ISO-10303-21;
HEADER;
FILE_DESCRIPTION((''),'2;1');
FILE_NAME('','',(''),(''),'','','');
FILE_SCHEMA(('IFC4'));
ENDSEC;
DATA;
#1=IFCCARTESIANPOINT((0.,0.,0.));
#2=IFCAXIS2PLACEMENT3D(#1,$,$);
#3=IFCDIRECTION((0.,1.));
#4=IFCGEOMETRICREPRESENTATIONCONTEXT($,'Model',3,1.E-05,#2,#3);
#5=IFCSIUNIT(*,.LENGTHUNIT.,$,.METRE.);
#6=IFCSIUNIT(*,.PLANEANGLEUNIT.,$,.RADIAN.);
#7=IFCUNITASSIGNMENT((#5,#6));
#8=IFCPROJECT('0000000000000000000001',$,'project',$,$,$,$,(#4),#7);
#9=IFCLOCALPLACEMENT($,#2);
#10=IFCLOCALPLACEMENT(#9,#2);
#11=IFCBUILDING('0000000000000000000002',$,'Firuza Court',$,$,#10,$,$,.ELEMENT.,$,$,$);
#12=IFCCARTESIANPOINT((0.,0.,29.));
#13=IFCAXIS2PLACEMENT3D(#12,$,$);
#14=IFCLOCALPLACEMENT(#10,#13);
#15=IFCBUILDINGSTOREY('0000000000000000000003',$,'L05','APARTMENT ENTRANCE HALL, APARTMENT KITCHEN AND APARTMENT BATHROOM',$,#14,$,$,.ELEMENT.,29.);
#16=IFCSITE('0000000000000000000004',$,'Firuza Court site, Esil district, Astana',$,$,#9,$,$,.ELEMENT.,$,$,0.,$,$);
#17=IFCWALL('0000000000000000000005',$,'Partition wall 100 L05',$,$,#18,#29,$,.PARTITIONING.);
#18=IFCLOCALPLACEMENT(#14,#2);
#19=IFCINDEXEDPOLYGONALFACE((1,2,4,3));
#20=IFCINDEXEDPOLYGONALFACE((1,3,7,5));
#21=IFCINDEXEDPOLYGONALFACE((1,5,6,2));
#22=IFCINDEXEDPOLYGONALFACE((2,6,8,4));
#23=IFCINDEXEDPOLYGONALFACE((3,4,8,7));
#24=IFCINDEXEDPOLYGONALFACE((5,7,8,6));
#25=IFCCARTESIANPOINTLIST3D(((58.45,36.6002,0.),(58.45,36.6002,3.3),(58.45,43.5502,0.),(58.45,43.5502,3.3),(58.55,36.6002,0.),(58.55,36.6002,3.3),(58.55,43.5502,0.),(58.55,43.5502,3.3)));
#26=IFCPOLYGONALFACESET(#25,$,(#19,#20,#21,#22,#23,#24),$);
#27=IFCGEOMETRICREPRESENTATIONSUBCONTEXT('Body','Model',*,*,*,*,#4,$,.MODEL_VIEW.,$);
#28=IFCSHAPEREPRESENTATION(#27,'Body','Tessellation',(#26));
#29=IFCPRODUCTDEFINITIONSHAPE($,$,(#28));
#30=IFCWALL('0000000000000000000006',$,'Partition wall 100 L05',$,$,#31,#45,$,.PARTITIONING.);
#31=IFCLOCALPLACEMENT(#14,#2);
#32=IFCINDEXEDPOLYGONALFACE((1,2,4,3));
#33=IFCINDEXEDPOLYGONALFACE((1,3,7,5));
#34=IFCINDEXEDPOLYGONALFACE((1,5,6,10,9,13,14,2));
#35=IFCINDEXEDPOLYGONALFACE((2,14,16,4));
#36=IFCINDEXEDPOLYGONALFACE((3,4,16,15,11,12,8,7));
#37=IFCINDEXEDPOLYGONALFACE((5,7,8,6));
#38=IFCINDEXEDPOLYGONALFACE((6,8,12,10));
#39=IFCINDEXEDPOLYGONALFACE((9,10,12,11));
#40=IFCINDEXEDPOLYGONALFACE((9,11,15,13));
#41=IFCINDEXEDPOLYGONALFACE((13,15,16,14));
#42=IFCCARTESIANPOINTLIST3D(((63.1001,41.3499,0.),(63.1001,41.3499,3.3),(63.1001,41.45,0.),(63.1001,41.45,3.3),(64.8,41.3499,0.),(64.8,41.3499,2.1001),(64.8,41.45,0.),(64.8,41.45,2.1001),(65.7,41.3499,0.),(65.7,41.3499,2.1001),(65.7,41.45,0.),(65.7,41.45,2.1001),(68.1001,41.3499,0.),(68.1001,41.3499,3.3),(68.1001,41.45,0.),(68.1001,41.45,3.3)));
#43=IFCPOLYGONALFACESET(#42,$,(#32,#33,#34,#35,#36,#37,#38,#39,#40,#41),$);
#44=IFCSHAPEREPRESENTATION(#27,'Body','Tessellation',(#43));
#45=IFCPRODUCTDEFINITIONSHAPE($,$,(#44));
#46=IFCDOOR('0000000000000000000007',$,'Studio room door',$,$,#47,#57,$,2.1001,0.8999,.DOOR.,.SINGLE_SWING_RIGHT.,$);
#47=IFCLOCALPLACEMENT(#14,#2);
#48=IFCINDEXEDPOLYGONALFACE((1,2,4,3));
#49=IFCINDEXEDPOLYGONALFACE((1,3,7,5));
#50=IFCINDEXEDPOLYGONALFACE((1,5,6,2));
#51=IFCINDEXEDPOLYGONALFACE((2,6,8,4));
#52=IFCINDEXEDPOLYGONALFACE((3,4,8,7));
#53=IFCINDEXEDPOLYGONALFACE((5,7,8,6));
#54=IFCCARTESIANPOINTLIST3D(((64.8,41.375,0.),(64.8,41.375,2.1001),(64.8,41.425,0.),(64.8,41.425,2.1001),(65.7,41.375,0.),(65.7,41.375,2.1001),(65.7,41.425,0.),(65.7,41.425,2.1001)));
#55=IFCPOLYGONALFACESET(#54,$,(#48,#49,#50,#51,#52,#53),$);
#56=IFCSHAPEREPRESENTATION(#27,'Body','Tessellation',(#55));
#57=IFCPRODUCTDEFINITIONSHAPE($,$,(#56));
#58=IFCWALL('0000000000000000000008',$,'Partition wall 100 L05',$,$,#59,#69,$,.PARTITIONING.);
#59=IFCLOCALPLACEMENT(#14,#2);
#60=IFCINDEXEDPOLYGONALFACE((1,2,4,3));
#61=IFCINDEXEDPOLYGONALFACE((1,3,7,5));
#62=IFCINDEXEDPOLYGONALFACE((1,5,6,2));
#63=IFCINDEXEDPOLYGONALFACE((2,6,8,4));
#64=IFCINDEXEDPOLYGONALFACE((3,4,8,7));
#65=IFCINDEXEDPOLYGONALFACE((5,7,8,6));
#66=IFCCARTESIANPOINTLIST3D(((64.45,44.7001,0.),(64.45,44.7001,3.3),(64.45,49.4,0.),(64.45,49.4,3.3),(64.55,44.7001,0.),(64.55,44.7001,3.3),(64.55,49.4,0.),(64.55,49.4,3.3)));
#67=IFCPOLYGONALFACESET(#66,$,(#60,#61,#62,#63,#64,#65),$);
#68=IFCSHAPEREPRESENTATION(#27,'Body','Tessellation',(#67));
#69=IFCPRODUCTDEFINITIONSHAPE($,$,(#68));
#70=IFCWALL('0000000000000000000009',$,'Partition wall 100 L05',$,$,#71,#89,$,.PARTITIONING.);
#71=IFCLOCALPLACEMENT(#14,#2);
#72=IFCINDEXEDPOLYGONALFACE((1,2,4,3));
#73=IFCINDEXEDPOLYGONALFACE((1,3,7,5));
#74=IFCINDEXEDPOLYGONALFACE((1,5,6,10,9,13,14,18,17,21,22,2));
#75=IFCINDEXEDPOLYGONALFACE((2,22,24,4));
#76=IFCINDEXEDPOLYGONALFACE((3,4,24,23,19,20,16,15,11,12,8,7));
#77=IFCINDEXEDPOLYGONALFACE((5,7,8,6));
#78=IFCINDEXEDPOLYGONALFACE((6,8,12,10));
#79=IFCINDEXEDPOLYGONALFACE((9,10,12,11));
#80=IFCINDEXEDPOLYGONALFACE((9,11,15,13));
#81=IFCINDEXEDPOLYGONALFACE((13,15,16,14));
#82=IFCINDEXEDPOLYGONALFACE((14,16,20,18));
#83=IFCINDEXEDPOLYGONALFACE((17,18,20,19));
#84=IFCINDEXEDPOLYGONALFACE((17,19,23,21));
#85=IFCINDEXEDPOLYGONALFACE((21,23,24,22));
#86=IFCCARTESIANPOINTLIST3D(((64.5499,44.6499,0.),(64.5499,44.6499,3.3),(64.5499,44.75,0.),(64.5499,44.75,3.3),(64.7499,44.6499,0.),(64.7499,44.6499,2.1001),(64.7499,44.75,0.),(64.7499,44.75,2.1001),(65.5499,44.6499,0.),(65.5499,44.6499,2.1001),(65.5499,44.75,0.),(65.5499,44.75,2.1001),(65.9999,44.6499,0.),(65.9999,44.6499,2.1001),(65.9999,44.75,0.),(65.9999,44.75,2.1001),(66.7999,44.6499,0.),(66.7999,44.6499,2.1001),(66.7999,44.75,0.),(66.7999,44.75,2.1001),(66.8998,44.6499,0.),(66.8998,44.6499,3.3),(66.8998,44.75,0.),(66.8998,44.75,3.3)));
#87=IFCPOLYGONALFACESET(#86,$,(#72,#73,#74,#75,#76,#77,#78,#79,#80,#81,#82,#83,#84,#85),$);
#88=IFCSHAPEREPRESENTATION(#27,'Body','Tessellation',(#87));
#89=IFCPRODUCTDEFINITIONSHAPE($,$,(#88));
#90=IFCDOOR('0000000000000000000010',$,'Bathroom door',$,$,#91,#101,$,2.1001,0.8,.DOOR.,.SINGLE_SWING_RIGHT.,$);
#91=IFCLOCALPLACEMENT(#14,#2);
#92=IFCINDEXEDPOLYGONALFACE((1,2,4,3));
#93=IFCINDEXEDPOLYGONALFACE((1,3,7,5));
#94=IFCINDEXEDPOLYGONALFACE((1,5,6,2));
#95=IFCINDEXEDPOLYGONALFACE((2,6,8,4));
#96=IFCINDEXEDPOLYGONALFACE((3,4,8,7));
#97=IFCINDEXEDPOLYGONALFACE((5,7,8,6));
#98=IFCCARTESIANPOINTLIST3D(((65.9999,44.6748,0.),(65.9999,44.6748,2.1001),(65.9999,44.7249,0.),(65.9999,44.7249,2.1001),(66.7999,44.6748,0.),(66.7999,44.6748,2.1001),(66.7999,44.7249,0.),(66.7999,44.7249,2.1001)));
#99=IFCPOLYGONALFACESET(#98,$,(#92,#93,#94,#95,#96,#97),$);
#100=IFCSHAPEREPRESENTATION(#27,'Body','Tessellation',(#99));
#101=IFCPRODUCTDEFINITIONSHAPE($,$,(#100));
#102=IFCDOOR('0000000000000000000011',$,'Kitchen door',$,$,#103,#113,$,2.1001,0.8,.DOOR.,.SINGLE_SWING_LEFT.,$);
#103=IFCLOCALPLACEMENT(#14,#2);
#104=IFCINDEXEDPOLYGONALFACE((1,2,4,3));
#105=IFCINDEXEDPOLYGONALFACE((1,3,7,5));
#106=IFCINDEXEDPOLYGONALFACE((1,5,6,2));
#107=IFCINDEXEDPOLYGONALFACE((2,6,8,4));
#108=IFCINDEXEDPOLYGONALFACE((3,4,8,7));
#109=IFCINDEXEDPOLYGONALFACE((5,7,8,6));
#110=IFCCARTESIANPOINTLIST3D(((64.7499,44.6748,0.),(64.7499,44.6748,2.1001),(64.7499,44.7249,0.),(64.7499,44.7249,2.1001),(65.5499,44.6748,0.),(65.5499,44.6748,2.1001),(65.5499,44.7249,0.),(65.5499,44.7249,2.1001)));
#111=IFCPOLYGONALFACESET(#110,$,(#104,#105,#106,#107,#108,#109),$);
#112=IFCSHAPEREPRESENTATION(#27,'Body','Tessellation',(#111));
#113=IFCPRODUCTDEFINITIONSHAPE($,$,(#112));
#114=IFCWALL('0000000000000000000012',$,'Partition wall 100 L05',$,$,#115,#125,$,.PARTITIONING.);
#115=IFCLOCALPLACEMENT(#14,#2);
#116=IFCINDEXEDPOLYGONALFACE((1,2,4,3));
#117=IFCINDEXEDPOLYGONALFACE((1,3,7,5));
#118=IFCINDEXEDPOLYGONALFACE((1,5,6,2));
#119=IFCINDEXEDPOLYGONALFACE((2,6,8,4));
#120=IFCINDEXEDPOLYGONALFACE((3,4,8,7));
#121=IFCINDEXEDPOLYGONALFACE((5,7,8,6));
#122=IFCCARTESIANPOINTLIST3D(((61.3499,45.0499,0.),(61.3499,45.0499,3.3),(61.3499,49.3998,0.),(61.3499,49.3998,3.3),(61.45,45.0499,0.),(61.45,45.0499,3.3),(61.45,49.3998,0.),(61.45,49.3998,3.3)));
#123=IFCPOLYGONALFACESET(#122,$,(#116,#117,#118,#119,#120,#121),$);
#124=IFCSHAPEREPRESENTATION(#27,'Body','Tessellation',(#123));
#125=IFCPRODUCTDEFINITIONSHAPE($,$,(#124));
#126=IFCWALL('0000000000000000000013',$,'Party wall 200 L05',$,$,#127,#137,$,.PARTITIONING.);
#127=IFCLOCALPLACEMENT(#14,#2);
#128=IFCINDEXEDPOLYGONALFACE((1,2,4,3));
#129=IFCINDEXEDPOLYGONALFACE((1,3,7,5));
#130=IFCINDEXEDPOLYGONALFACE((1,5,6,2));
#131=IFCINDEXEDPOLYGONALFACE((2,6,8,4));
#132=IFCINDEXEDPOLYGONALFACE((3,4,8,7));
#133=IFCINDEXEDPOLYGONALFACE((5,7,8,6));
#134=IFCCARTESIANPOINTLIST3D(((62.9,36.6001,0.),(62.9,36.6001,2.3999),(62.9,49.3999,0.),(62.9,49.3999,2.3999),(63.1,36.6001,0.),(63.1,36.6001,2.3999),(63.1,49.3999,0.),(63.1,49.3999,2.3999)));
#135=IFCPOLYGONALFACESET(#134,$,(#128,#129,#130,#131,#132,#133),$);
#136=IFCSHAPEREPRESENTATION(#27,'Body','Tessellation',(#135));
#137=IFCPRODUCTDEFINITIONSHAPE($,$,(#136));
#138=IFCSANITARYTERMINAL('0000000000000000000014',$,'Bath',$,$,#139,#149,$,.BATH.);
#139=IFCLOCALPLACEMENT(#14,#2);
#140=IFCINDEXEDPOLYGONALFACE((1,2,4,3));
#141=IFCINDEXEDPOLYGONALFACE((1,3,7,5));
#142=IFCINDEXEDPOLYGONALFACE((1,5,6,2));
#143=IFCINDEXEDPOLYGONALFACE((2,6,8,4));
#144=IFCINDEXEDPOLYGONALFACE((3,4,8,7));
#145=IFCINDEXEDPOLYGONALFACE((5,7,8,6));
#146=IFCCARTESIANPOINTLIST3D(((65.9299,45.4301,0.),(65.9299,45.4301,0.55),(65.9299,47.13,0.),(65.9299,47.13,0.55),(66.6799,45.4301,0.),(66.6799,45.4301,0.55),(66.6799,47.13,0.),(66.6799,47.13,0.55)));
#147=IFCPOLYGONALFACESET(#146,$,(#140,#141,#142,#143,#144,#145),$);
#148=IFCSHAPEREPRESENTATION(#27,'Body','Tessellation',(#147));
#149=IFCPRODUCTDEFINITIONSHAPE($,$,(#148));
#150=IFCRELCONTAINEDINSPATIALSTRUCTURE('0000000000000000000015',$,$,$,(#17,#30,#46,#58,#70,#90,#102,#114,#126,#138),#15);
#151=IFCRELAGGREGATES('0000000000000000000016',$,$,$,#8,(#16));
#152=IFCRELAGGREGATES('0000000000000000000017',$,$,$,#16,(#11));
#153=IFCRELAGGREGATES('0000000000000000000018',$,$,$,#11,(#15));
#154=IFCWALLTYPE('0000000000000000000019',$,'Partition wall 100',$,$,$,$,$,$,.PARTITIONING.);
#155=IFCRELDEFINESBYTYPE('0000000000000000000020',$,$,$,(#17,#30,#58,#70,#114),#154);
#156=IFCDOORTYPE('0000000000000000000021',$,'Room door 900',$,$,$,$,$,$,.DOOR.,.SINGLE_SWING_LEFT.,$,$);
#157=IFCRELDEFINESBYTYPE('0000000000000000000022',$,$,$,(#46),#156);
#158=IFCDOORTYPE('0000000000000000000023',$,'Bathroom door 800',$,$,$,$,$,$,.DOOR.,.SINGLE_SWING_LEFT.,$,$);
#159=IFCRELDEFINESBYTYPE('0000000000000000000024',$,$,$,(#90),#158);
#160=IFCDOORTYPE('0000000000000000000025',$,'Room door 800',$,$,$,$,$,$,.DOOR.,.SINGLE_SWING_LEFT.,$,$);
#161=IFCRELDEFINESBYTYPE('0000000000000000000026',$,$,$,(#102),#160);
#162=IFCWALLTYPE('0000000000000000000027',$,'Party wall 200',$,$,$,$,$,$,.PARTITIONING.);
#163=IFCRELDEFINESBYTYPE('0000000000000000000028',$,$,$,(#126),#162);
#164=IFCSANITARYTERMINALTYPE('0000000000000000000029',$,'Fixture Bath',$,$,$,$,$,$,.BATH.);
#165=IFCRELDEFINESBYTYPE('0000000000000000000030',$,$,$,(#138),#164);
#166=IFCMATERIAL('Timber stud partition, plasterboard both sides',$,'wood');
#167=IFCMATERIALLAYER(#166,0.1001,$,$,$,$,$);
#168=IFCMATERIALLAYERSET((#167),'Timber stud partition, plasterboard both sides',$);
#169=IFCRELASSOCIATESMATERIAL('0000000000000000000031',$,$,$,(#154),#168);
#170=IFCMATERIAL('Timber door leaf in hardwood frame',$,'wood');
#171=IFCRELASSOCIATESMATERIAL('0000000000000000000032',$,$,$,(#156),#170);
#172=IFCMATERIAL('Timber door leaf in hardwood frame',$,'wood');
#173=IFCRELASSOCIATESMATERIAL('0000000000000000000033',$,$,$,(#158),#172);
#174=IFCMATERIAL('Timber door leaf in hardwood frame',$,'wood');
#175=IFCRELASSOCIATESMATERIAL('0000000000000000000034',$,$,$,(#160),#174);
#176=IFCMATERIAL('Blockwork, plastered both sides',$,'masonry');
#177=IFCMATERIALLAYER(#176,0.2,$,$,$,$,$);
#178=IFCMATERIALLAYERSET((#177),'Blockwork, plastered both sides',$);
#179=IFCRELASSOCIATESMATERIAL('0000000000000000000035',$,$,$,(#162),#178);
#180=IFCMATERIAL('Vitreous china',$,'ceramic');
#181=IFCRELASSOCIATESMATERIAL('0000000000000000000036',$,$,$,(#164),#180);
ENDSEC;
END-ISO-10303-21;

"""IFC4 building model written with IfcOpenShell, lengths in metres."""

from ifc_helpers import new_model, si_unit, direction, frame, frame_2d, origin, origin_2d, place, context, subcontext, project, spatial, rectangle, extrude, material, layer, layer_set, type_object, element, fill, save


model = new_model("IFC4")

# Units and contexts
model_context = context("Model", 3, precision=1e-05, world=origin(), true_north=direction((0.0, 1.0)))
body_context = subcontext(model_context, "Body", "Model", "MODEL_VIEW")
ifc_project = project(units=[si_unit("LENGTHUNIT", "METRE"), si_unit("PLANEANGLEUNIT", "RADIAN")], contexts=[model_context])

# Site, building, storey
site_placement = place(None, origin())
site = spatial("IfcSite", under=ifc_project, at=site_placement, Name="Firuza Court site, Esil district, Astana", CompositionType="ELEMENT", RefElevation=0.0)
building_placement = place(site_placement, origin())
building = spatial("IfcBuilding", under=site, at=building_placement, Name="Firuza Court", CompositionType="ELEMENT")
storey_placement = place(building_placement, frame((0.0, 0.0, 29.0)))
storey = spatial("IfcBuildingStorey", under=building, at=storey_placement, Name="L05", Description="APARTMENT ENTRANCE HALL, APARTMENT KITCHEN AND APARTMENT BATHROOM", CompositionType="ELEMENT", Elevation=29.0)

# Wall
ifc_material_1 = material(Name="Timber stud partition, plasterboard both sides", Category="wood")
ifc_layer_1 = layer(ifc_material_1, 0.1001)
ifc_layer_set_1 = layer_set([ifc_layer_1], Name="Timber stud partition, plasterboard both sides")
wall_type_1 = type_object("IfcWallType", Name="Partition wall 100", PredefinedType="PARTITIONING", material=ifc_layer_set_1)
wall_1_placement = place(storey_placement, frame((58.5, 36.6001, 0.0), z_axis=(0.0, 0.0, 1.0), x_axis=(0.0, 1.0, 0.0)))
element("IfcWall", 1, at=wall_1_placement, inside=storey, type_object=wall_type_1, Name="Partition wall 100 L05", PredefinedType="PARTITIONING", context=body_context, shape_type="SweptSolid", body=[
    extrude(rectangle(XDim=6.95, YDim=0.1001, at=frame_2d((3.4751, 0.0))), origin(), (0.0, 0.0, 1.0), 3.3),
])

# Wall, opening, door
wall_2_placement = place(storey_placement, frame((63.1001, 41.3999, 0.0), z_axis=(0.0, 0.0, 1.0), x_axis=(1.0, 0.0, 0.0)))
wall_2 = element("IfcWall", 2, at=wall_2_placement, inside=storey, type_object=wall_type_1, Name="Partition wall 100 L05", PredefinedType="PARTITIONING", context=body_context, shape_type="SweptSolid", body=[
    extrude(rectangle(XDim=5.0, YDim=0.1001, at=frame_2d((2.5, 0.0))), origin(), (0.0, 0.0, 1.0), 3.3),
])
opening_1_placement = place(wall_2_placement, frame((1.7, 0.0, 0.0)))
opening_1 = element("IfcOpeningElement", 3, at=opening_1_placement, cuts=wall_2, PredefinedType="OPENING", context=body_context, shape_type="SweptSolid", body=[
    extrude(rectangle(XDim=0.8999, YDim=2.1001, at=frame_2d((0.45, 1.05))), frame((0.0, 0.062, 0.0), z_axis=(0.0, -1.0, 0.0), x_axis=(1.0, 0.0, 0.0)), (0.0, 0.0, 1.0), 0.124),
])
ifc_material_2 = material(Name="Timber door leaf in hardwood frame", Category="wood")
door_type_1 = type_object("IfcDoorType", Name="Room door 900", OperationType="SINGLE_SWING_LEFT", PredefinedType="DOOR", material=ifc_material_2)
door_1_placement = place(opening_1_placement, frame((0.8999, 0.0, 0.0), z_axis=(0.0, 0.0, 1.0), x_axis=(-1.0, 0.0, 0.0)))
door_1 = element("IfcDoor", 4, at=door_1_placement, inside=storey, type_object=door_type_1, Name="Studio room door", OperationType="SINGLE_SWING_RIGHT", OverallHeight=2.1001, OverallWidth=0.8999, PredefinedType="DOOR", context=body_context, shape_type="SweptSolid", body=[
    extrude(rectangle(XDim=0.8999, YDim=2.1001, at=frame_2d((0.45, 1.05))), frame((0.0, 0.0249, 0.0), z_axis=(0.0, -1.0, 0.0), x_axis=(1.0, 0.0, 0.0)), (0.0, 0.0, 1.0), 0.05),
])
fill(opening_1, door_1)

# Wall
wall_3_placement = place(storey_placement, frame((64.5, 44.7, 0.0), z_axis=(0.0, 0.0, 1.0), x_axis=(0.0, 1.0, 0.0)))
element("IfcWall", 5, at=wall_3_placement, inside=storey, type_object=wall_type_1, Name="Partition wall 100 L05", PredefinedType="PARTITIONING", context=body_context, shape_type="SweptSolid", body=[
    extrude(rectangle(XDim=4.7, YDim=0.1001, at=frame_2d((2.3501, 0.0))), origin(), (0.0, 0.0, 1.0), 3.3),
])

# Wall, openings, doors
wall_4_placement = place(storey_placement, frame((64.55, 44.7, 0.0), z_axis=(0.0, 0.0, 1.0), x_axis=(1.0, 0.0, 0.0)))
wall_4 = element("IfcWall", 6, at=wall_4_placement, inside=storey, type_object=wall_type_1, Name="Partition wall 100 L05", PredefinedType="PARTITIONING", context=body_context, shape_type="SweptSolid", body=[
    extrude(rectangle(XDim=2.3499, YDim=0.1001, at=frame_2d((1.1748, 0.0))), origin(), (0.0, 0.0, 1.0), 3.3),
])
opening_2_placement = place(wall_4_placement, frame((1.45, 0.0, 0.0)))
opening_2 = element("IfcOpeningElement", 7, at=opening_2_placement, cuts=wall_4, PredefinedType="OPENING", context=body_context, shape_type="SweptSolid", body=[
    extrude(rectangle(XDim=0.8, YDim=2.1001, at=frame_2d((0.3999, 1.05))), frame((0.0, 0.062, 0.0), z_axis=(0.0, -1.0, 0.0), x_axis=(1.0, 0.0, 0.0)), (0.0, 0.0, 1.0), 0.124),
])
opening_3_placement = place(wall_4_placement, frame((0.2, 0.0, 0.0)))
opening_3 = element("IfcOpeningElement", 8, at=opening_3_placement, cuts=wall_4, PredefinedType="OPENING", context=body_context, shape_type="SweptSolid", body=[
    extrude(rectangle(XDim=0.8, YDim=2.1001, at=frame_2d((0.3999, 1.05))), frame((0.0, 0.062, 0.0), z_axis=(0.0, -1.0, 0.0), x_axis=(1.0, 0.0, 0.0)), (0.0, 0.0, 1.0), 0.124),
])
ifc_material_3 = material(Name="Timber door leaf in hardwood frame", Category="wood")
door_type_2 = type_object("IfcDoorType", Name="Bathroom door 800", OperationType="SINGLE_SWING_LEFT", PredefinedType="DOOR", material=ifc_material_3)
door_2_placement = place(opening_2_placement, origin())
door_2 = element("IfcDoor", 9, at=door_2_placement, inside=storey, type_object=door_type_2, Name="Bathroom door", OperationType="SINGLE_SWING_RIGHT", OverallHeight=2.1001, OverallWidth=0.8, PredefinedType="DOOR", context=body_context, shape_type="SweptSolid", body=[
    extrude(rectangle(XDim=0.8, YDim=2.1001, at=frame_2d((0.3999, 1.05))), frame((0.0, 0.0249, 0.0), z_axis=(0.0, -1.0, 0.0), x_axis=(1.0, 0.0, 0.0)), (0.0, 0.0, 1.0), 0.05),
])
fill(opening_2, door_2)
ifc_material_4 = material(Name="Timber door leaf in hardwood frame", Category="wood")
door_type_3 = type_object("IfcDoorType", Name="Room door 800", OperationType="SINGLE_SWING_LEFT", PredefinedType="DOOR", material=ifc_material_4)
door_3_placement = place(opening_3_placement, origin())
door_3 = element("IfcDoor", 10, at=door_3_placement, inside=storey, type_object=door_type_3, Name="Kitchen door", OperationType="SINGLE_SWING_LEFT", OverallHeight=2.1001, OverallWidth=0.8, PredefinedType="DOOR", context=body_context, shape_type="SweptSolid", body=[
    extrude(rectangle(XDim=0.8, YDim=2.1001, at=frame_2d((0.3999, 1.05))), frame((0.0, 0.0249, 0.0), z_axis=(0.0, -1.0, 0.0), x_axis=(1.0, 0.0, 0.0)), (0.0, 0.0, 1.0), 0.05),
])
fill(opening_3, door_3)

# Walls
wall_5_placement = place(storey_placement, frame((61.3999, 45.05, 0.0), z_axis=(0.0, 0.0, 1.0), x_axis=(0.0, 1.0, 0.0)))
element("IfcWall", 11, at=wall_5_placement, inside=storey, type_object=wall_type_1, Name="Partition wall 100 L05", PredefinedType="PARTITIONING", context=body_context, shape_type="SweptSolid", body=[
    extrude(rectangle(XDim=4.3499, YDim=0.1001, at=frame_2d((2.1748, 0.0))), origin(), (0.0, 0.0, 1.0), 3.3),
])
ifc_material_5 = material(Name="Blockwork, plastered both sides", Category="masonry")
ifc_layer_2 = layer(ifc_material_5, 0.2)
ifc_layer_set_2 = layer_set([ifc_layer_2], Name="Blockwork, plastered both sides")
wall_type_2 = type_object("IfcWallType", Name="Party wall 200", PredefinedType="PARTITIONING", material=ifc_layer_set_2)
wall_6_placement = place(storey_placement, frame((63.0, 36.6001, 0.0), z_axis=(0.0, 0.0, 1.0), x_axis=(0.0, 1.0, 0.0)))
element("IfcWall", 12, at=wall_6_placement, inside=storey, type_object=wall_type_2, Name="Party wall 200 L05", PredefinedType="PARTITIONING", context=body_context, shape_type="SweptSolid", body=[
    extrude(rectangle(XDim=12.7998, YDim=0.2, at=frame_2d((6.3999, 0.0))), origin(), (0.0, 0.0, 1.0), 2.3999),
])

# Sanitary terminal
ifc_material_6 = material(Name="Vitreous china", Category="ceramic")
sanitary_terminal_type = type_object("IfcSanitaryTerminalType", Name="Fixture Bath", PredefinedType="BATH", material=ifc_material_6)
sanitary_terminal_placement = place(storey_placement, frame((66.3049, 46.28, 0.0), z_axis=(0.0, 0.0, 1.0), x_axis=(1.0, 0.0, 0.0)))
element("IfcSanitaryTerminal", 13, at=sanitary_terminal_placement, inside=storey, type_object=sanitary_terminal_type, Name="Bath", PredefinedType="BATH", context=body_context, shape_type="SweptSolid", body=[
    extrude(rectangle(XDim=0.75, YDim=1.7, at=origin_2d()), origin(), (0.0, 0.0, 1.0), 0.55),
])

save(model, "model.ifc")
